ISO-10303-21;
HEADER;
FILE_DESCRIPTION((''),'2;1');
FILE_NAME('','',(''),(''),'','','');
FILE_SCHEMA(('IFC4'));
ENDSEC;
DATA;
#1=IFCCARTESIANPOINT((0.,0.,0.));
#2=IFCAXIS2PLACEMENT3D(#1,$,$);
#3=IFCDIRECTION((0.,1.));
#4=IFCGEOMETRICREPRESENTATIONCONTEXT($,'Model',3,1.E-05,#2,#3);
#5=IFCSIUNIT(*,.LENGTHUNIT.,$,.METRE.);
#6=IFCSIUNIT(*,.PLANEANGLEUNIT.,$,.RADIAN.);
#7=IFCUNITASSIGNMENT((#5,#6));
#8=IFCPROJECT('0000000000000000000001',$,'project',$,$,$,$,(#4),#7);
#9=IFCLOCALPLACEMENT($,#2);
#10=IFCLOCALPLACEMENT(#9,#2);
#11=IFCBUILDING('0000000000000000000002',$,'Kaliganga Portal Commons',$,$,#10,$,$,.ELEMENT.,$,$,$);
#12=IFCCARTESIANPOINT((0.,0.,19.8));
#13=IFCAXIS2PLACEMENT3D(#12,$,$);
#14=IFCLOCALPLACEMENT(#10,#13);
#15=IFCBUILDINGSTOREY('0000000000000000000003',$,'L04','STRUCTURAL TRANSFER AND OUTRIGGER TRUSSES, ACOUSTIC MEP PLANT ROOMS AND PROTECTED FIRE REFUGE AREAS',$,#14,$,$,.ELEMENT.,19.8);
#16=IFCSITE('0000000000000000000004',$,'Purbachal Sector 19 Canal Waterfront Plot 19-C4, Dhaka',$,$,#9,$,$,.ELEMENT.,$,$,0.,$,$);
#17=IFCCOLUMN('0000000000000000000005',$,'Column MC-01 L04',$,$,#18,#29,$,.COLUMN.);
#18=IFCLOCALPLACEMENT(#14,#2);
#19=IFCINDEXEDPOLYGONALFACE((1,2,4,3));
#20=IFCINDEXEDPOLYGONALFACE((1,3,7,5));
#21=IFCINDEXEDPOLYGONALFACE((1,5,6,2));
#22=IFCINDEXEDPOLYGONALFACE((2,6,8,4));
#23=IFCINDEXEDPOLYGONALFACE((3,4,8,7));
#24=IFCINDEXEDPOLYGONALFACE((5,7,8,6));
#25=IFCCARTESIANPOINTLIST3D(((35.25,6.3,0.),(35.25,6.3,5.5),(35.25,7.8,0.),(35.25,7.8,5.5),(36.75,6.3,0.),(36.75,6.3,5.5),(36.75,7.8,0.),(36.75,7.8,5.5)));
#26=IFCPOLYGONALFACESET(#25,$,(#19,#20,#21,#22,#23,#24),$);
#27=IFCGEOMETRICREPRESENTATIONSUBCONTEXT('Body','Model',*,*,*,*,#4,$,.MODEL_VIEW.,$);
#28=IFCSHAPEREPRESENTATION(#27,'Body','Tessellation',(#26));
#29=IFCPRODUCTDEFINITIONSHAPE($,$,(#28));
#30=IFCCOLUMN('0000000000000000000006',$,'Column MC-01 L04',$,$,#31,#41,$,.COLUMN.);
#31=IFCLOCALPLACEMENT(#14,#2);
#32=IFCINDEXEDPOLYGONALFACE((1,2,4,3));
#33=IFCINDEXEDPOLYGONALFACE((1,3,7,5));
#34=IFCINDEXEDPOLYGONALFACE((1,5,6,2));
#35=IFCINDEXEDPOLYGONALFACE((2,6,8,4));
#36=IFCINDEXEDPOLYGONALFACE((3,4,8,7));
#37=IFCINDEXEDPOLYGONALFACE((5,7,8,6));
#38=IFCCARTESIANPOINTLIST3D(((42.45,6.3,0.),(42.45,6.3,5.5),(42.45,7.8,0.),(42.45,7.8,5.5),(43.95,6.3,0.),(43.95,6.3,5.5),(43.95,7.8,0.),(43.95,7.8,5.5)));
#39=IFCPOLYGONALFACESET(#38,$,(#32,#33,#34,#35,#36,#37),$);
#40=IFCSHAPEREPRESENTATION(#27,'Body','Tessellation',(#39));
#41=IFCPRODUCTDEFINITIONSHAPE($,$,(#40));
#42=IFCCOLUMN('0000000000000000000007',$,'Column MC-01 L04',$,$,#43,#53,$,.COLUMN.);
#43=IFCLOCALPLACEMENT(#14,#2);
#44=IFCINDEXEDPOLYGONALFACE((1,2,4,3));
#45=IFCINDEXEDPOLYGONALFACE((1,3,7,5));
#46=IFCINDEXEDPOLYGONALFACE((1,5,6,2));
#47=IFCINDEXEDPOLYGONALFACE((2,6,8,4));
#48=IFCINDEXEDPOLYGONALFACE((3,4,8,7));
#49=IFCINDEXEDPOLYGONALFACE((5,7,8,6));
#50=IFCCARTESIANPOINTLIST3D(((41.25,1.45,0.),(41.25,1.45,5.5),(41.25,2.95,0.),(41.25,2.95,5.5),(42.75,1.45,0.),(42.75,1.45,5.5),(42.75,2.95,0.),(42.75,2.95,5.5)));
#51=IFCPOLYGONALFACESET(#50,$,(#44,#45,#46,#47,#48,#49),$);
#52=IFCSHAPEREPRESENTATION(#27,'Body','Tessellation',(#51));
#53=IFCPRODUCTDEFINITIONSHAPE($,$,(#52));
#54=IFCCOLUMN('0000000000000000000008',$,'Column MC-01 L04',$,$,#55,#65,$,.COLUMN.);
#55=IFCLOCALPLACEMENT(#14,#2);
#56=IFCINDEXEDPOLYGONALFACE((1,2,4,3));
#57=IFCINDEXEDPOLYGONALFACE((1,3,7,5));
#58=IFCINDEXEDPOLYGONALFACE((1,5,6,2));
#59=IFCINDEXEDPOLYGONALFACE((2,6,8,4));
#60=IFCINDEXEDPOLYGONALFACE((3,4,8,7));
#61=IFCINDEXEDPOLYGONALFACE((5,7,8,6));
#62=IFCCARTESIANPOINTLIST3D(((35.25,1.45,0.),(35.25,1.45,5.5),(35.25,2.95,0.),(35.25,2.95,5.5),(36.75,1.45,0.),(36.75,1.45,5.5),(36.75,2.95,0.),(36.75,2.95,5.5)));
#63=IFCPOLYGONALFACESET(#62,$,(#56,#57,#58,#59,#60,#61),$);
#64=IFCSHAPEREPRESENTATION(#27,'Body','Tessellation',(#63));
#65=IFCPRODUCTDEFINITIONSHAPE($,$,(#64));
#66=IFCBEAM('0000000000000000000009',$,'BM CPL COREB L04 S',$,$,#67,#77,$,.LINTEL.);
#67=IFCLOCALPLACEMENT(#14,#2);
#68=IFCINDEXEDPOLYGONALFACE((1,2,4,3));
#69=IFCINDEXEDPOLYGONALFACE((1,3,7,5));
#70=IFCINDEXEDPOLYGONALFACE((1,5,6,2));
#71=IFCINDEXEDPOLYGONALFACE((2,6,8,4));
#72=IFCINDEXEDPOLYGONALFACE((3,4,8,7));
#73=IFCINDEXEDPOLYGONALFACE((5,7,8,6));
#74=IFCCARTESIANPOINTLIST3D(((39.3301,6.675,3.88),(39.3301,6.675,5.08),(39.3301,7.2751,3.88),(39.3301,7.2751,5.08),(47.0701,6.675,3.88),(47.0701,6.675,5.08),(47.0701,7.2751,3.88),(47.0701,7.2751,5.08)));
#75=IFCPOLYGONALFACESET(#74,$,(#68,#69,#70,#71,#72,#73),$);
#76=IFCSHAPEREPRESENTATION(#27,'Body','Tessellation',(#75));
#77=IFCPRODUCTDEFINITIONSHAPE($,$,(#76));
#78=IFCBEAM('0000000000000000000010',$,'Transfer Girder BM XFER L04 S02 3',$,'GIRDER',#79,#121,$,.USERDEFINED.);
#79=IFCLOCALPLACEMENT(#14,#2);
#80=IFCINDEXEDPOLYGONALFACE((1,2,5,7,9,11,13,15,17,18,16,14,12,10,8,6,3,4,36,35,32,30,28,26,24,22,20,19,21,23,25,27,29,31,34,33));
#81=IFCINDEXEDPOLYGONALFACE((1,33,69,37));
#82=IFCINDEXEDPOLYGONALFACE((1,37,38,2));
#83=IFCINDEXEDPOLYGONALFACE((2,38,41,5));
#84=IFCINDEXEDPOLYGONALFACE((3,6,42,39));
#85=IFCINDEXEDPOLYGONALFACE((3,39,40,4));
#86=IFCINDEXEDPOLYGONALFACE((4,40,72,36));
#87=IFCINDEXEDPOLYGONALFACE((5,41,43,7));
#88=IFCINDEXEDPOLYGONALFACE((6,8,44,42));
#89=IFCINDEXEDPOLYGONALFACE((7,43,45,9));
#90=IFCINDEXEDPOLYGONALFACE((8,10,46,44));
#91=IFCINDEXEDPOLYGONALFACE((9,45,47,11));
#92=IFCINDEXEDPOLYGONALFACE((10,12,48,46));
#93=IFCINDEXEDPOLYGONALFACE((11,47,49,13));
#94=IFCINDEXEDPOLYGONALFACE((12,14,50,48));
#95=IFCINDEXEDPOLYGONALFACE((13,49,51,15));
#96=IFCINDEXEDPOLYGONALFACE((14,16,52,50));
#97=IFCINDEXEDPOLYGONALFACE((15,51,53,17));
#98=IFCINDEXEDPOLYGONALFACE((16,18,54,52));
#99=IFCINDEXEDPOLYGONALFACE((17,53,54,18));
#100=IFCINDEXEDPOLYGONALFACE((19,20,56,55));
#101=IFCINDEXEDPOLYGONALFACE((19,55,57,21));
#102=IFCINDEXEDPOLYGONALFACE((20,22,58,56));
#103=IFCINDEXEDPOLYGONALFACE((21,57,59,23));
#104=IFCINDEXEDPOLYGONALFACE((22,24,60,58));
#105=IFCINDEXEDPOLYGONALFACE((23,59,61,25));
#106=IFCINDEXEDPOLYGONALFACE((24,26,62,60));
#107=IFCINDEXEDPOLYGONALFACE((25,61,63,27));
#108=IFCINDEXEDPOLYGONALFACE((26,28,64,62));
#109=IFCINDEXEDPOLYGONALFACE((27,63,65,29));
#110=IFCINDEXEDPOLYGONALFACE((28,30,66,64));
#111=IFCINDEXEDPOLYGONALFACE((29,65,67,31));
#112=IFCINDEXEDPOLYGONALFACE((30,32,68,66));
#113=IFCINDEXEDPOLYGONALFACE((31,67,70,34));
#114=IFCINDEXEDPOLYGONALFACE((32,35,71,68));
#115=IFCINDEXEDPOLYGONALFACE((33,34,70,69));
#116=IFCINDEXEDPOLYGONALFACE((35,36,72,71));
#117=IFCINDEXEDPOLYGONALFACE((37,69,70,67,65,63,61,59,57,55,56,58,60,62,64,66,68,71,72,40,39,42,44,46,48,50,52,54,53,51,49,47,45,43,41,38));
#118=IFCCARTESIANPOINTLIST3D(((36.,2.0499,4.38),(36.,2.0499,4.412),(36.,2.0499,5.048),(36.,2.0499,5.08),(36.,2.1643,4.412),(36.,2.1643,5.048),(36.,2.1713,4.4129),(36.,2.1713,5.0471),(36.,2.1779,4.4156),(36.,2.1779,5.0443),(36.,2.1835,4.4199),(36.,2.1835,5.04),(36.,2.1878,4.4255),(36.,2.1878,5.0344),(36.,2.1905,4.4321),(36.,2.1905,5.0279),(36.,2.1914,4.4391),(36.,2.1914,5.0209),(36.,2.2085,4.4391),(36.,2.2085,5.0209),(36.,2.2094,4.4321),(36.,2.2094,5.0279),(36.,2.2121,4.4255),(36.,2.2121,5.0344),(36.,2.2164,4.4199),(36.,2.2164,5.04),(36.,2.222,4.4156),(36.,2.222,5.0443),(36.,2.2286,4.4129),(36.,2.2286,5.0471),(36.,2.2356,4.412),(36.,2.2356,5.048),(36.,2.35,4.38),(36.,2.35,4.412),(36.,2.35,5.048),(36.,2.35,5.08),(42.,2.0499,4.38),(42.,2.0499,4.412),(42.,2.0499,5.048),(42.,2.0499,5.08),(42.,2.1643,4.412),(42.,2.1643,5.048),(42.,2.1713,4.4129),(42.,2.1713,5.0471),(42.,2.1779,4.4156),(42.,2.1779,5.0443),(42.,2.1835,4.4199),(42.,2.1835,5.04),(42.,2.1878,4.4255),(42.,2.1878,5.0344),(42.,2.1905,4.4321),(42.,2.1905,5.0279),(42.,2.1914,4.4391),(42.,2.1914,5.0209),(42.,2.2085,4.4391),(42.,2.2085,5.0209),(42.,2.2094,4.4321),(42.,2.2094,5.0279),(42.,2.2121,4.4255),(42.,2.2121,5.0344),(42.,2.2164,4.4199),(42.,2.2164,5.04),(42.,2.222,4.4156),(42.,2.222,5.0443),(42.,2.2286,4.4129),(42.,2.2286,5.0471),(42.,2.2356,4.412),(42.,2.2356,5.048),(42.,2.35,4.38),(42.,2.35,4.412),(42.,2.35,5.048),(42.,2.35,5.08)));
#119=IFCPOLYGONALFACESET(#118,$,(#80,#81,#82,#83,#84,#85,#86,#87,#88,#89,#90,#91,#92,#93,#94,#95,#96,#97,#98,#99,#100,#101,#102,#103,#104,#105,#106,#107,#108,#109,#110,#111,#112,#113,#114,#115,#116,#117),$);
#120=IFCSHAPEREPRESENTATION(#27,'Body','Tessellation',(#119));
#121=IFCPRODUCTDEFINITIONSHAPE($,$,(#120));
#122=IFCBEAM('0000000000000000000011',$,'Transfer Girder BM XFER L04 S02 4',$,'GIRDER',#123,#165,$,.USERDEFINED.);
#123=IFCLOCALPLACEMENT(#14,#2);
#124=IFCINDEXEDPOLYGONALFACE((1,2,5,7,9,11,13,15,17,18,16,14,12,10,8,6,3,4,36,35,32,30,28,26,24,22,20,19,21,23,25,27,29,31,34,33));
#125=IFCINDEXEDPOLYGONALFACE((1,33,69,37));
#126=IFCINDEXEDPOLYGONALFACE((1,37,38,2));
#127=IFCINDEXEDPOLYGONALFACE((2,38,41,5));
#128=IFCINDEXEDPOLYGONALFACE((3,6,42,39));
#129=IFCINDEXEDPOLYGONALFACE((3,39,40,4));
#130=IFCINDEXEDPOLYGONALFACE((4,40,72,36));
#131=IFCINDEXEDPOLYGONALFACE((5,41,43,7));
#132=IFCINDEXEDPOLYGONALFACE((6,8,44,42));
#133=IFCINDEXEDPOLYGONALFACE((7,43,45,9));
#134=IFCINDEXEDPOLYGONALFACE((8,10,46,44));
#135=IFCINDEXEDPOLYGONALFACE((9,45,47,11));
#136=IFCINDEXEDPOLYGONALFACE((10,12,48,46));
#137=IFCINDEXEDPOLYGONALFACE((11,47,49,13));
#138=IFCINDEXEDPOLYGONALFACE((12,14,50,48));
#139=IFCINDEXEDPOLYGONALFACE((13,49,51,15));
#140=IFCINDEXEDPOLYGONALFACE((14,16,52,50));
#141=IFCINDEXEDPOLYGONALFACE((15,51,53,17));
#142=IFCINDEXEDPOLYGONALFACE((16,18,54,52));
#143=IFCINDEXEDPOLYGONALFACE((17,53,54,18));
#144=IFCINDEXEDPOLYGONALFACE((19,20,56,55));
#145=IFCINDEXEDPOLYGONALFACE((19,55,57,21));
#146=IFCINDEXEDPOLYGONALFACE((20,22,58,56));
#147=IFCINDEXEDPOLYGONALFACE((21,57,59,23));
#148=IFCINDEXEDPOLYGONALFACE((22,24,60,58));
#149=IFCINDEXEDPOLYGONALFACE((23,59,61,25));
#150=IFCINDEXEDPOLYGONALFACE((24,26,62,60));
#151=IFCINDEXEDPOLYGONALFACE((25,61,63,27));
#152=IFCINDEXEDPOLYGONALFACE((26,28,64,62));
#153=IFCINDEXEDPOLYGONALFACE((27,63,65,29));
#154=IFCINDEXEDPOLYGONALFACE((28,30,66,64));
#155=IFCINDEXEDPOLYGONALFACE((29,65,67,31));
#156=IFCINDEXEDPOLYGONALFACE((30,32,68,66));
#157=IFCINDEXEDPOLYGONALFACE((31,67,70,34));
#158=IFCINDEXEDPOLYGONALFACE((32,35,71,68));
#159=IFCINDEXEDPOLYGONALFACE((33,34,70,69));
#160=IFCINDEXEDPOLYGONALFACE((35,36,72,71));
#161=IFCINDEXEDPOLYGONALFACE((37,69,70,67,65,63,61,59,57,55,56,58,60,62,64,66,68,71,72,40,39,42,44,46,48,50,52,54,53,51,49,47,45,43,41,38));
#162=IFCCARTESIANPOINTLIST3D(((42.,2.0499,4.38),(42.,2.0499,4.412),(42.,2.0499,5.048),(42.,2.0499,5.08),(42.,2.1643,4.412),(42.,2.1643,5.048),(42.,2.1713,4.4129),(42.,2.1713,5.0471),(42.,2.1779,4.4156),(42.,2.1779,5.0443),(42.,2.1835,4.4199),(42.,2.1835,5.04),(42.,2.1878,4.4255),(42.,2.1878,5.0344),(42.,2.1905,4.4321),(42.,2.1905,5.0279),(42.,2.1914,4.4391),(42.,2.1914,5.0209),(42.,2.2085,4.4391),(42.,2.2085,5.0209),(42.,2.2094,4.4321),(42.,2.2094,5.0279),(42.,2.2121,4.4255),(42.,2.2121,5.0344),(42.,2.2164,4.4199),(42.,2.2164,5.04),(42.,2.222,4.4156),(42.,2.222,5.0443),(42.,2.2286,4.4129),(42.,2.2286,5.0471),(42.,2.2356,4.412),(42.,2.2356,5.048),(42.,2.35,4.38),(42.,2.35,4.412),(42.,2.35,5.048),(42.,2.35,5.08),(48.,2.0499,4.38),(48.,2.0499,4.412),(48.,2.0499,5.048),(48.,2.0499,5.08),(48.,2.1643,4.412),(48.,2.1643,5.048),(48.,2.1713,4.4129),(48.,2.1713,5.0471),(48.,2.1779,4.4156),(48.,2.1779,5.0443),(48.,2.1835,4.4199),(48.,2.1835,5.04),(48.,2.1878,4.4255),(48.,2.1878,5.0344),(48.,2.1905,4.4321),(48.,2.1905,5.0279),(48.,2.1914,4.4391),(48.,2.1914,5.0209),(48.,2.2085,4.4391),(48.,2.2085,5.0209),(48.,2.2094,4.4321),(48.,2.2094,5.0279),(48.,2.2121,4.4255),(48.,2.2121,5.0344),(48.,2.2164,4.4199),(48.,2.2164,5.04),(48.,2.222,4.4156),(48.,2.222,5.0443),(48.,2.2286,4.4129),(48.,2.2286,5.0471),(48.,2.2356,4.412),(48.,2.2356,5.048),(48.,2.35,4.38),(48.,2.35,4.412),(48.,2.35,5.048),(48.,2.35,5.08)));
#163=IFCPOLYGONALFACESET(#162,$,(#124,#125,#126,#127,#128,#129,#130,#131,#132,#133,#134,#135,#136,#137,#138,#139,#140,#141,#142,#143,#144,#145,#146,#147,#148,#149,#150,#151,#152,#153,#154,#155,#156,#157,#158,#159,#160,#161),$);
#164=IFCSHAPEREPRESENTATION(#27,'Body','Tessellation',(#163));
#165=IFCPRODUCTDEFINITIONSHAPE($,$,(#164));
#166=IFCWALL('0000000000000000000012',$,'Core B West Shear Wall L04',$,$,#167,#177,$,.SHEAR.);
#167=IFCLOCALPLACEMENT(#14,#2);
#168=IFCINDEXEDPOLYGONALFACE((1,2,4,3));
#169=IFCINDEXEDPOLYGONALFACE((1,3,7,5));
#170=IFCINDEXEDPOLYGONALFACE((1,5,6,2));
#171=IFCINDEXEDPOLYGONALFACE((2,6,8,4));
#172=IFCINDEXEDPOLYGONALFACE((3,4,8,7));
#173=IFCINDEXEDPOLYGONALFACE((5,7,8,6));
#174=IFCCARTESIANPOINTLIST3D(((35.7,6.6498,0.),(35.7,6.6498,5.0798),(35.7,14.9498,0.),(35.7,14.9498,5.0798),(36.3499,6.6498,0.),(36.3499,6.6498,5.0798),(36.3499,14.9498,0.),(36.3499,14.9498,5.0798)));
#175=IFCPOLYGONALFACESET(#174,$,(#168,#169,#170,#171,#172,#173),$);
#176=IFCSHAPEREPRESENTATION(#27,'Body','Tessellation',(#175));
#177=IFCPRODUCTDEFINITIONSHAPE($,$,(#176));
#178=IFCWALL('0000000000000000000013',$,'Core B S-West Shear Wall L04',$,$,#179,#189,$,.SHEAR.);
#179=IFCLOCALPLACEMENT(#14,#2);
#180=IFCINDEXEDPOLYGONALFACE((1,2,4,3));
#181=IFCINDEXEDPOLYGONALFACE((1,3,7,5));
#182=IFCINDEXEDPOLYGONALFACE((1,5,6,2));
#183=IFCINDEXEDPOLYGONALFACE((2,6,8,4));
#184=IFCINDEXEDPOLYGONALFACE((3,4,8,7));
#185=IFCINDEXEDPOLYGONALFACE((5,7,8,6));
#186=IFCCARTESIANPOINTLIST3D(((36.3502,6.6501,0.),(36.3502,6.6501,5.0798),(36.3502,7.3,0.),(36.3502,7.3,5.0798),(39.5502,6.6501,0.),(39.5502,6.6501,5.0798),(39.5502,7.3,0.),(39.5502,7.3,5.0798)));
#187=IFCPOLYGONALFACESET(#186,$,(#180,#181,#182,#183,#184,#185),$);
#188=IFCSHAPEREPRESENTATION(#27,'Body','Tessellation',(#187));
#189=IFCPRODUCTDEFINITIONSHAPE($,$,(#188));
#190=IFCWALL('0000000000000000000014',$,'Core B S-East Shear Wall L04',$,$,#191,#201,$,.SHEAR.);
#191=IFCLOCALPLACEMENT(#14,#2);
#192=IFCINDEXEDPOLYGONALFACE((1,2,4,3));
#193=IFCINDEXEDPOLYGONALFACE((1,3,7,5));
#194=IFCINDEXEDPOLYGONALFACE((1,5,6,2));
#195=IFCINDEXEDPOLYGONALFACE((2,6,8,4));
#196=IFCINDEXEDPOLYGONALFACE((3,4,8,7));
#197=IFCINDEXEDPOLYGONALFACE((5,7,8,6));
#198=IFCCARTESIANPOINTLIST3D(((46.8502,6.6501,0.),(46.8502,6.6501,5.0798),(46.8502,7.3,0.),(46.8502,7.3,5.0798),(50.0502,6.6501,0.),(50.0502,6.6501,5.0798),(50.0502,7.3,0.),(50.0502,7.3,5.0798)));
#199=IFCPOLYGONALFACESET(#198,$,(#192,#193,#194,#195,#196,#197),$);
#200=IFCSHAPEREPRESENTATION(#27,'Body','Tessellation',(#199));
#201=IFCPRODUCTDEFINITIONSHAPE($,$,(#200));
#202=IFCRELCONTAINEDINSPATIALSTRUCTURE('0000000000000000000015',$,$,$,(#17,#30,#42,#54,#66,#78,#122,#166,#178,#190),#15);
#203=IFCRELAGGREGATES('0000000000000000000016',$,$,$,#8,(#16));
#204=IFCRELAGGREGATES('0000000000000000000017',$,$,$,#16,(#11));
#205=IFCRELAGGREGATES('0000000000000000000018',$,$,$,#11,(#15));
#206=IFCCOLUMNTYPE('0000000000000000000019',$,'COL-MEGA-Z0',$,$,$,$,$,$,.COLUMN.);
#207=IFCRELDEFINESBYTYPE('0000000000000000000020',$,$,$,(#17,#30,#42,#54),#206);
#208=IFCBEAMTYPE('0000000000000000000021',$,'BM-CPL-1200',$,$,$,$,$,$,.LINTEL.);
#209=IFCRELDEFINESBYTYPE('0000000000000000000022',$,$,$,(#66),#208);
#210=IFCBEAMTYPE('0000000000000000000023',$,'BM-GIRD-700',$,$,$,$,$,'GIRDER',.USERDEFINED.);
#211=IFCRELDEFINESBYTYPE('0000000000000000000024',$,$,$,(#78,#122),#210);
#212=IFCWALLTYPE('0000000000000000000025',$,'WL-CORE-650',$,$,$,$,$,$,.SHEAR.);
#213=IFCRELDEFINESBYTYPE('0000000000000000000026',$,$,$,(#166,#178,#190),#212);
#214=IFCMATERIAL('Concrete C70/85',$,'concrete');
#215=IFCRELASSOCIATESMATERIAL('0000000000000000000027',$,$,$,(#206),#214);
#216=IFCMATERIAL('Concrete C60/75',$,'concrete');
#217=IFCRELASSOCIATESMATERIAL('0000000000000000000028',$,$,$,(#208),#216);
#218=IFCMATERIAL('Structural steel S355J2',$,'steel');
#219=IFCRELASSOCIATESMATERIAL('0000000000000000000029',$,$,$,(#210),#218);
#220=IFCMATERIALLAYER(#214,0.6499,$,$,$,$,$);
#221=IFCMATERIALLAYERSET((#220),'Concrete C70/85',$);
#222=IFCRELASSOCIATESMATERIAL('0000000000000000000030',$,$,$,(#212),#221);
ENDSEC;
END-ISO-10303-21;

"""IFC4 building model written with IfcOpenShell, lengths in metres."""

from ifc_helpers import new_model, si_unit, direction, frame, frame_2d, origin, origin_2d, place, context, subcontext, project, spatial, rectangle, i_section, extrude, source, transform, mapped, material, layer, layer_set, material_profile, profile_set, type_object, element, save


model = new_model("IFC4")

# Units and contexts
model_context = context("Model", 3, precision=1e-05, world=origin(), true_north=direction((0.0, 1.0)))
body_context = subcontext(model_context, "Body", "Model", "MODEL_VIEW")
ifc_project = project(units=[si_unit("LENGTHUNIT", "METRE"), si_unit("PLANEANGLEUNIT", "RADIAN")], contexts=[model_context])

# Site, building, storey
site_placement = place(None, origin())
site = spatial("IfcSite", under=ifc_project, at=site_placement, Name="Purbachal Sector 19 Canal Waterfront Plot 19-C4, Dhaka", CompositionType="ELEMENT", RefElevation=0.0)
building_placement = place(site_placement, origin())
building = spatial("IfcBuilding", under=site, at=building_placement, Name="Kaliganga Portal Commons", CompositionType="ELEMENT")
storey_placement = place(building_placement, frame((0.0, 0.0, 19.8)))
storey = spatial("IfcBuildingStorey", under=building, at=storey_placement, Name="L04", Description="STRUCTURAL TRANSFER AND OUTRIGGER TRUSSES, ACOUSTIC MEP PLANT ROOMS AND PROTECTED FIRE REFUGE AREAS", CompositionType="ELEMENT", Elevation=19.8)

# Columns
ifc_material_1 = material(Name="Concrete C70/85", Category="concrete")
ifc_material_profile_1 = material_profile(ifc_material_1, rectangle(XDim=1.5, YDim=1.5, at=origin_2d()), Name="RC 1500x1500")
ifc_profile_set_1 = profile_set([ifc_material_profile_1], Name="Concrete C70/85")
column_type = type_object("IfcColumnType", Name="COL-MEGA-Z0", PredefinedType="COLUMN", material=ifc_profile_set_1)
shared_shape_1 = source(origin(), body_context, "Body", "SweptSolid", [
    extrude(rectangle(XDim=1.5, YDim=1.5, at=origin_2d()), origin(), (0.0, 0.0, 1.0), 5.5),
])
for number, where, z_axis, x_axis, name in (
    (1, (36.0, 7.05, 0.0), (0.0, 0.0, 1.0), (1.0, 0.0, 0.0), "Column MC-01 L04"),
    (2, (43.2, 7.05, 0.0), (0.0, 0.0, 1.0), (1.0, 0.0, 0.0), "Column MC-01 L04"),
    (3, (42.0, 2.2, 0.0), (0.0, 0.0, 1.0), (1.0, 0.0, 0.0), "Column MC-01 L04"),
    (4, (36.0, 2.2, 0.0), (0.0, 0.0, 1.0), (1.0, 0.0, 0.0), "Column MC-01 L04"),
):
    element("IfcColumn", number, at=place(storey_placement, frame(where, z_axis=z_axis, x_axis=x_axis)), inside=storey, type_object=column_type, Name=name, PredefinedType="COLUMN", context=body_context, shape_type="MappedRepresentation", body=[
        mapped(shared_shape_1, transform((0.0, 0.0, 0.0), x_axis=(1.0, 0.0, 0.0), y_axis=(0.0, 1.0, 0.0), z_axis=(0.0, 0.0, 1.0), scale=1.0)),
    ])

# Beams
ifc_material_2 = material(Name="Concrete C60/75", Category="concrete")
ifc_material_profile_2 = material_profile(ifc_material_2, rectangle(XDim=0.6001, YDim=1.2, at=origin_2d()), Name="RC 600x1200")
ifc_profile_set_2 = profile_set([ifc_material_profile_2], Name="Concrete C60/75")
beam_type_1 = type_object("IfcBeamType", Name="BM-CPL-1200", PredefinedType="LINTEL", material=ifc_profile_set_2)
shared_shape_2 = source(origin(), body_context, "Body", "SweptSolid", [
    extrude(rectangle(XDim=0.6001, YDim=1.2, at=origin_2d()), origin(), (0.0, 0.0, 1.0), 7.74),
])
beam_placement = place(storey_placement, frame((39.3301, 6.9751, 4.48), z_axis=(1.0, 0.0, 0.0), x_axis=(0.0, 1.0, 0.0)))
element("IfcBeam", 5, at=beam_placement, inside=storey, type_object=beam_type_1, Name="BM CPL COREB L04 S", PredefinedType="LINTEL", context=body_context, shape_type="MappedRepresentation", body=[
    mapped(shared_shape_2, transform((0.0, 0.0, 0.0), x_axis=(1.0, 0.0, 0.0), y_axis=(0.0, 1.0, 0.0), z_axis=(0.0, 0.0, 1.0), scale=1.0)),
])
ifc_material_3 = material(Name="Structural steel S355J2", Category="steel")
ifc_material_profile_3 = material_profile(ifc_material_3, i_section(OverallWidth=0.3, OverallDepth=0.7, WebThickness=0.0171, FlangeThickness=0.032, FilletRadius=0.0271, at=origin_2d()), Name="HE 700 B")
ifc_profile_set_3 = profile_set([ifc_material_profile_3], Name="Structural steel S355J2 wide-flange")
beam_type_2 = type_object("IfcBeamType", Name="BM-GIRD-700", ElementType="GIRDER", PredefinedType="USERDEFINED", material=ifc_profile_set_3)
shared_shape_3 = source(origin(), body_context, "Body", "SweptSolid", [
    extrude(i_section(OverallWidth=0.3, OverallDepth=0.7, WebThickness=0.0171, FlangeThickness=0.032, FilletRadius=0.0271, at=origin_2d()), origin(), (0.0, 0.0, 1.0), 6.0),
])
for number, where, z_axis, x_axis, name in (
    (6, (36.0, 2.2, 4.73), (1.0, 0.0, 0.0), (0.0, 1.0, 0.0), "Transfer Girder BM XFER L04 S02 3"),
    (7, (42.0, 2.2, 4.73), (1.0, 0.0, 0.0), (0.0, 1.0, 0.0), "Transfer Girder BM XFER L04 S02 4"),
):
    element("IfcBeam", number, at=place(storey_placement, frame(where, z_axis=z_axis, x_axis=x_axis)), inside=storey, type_object=beam_type_2, Name=name, ObjectType="GIRDER", PredefinedType="USERDEFINED", context=body_context, shape_type="MappedRepresentation", body=[
        mapped(shared_shape_3, transform((0.0, 0.0, 0.0), x_axis=(1.0, 0.0, 0.0), y_axis=(0.0, 1.0, 0.0), z_axis=(0.0, 0.0, 1.0), scale=1.0)),
    ])

# Walls
ifc_layer_1 = layer(ifc_material_1, 0.6499)
ifc_layer_set_1 = layer_set([ifc_layer_1], Name="Concrete C70/85")
wall_type_1 = type_object("IfcWallType", Name="WL-CORE-650", PredefinedType="SHEAR", material=ifc_layer_set_1)
wall_1_placement = place(storey_placement, frame((36.0249, 6.6499, 0.0), z_axis=(0.0, 0.0, 1.0), x_axis=(0.0, 1.0, 0.0)))
element("IfcWall", 8, at=wall_1_placement, inside=storey, type_object=wall_type_1, Name="Core B West Shear Wall L04", PredefinedType="SHEAR", context=body_context, shape_type="SweptSolid", body=[
    extrude(rectangle(XDim=8.3, YDim=0.6499, at=frame_2d((4.1499, 0.0))), origin(), (0.0, 0.0, 1.0), 5.0798),
])
for number, where, z_axis, x_axis, name in (
    (9, (36.3501, 6.9751, 0.0), (0.0, 0.0, 1.0), (1.0, 0.0, 0.0), "Core B S-West Shear Wall L04"),
    (10, (46.8501, 6.9751, 0.0), (0.0, 0.0, 1.0), (1.0, 0.0, 0.0), "Core B S-East Shear Wall L04"),
):
    element("IfcWall", number, at=place(storey_placement, frame(where, z_axis=z_axis, x_axis=x_axis)), inside=storey, type_object=wall_type_1, Name=name, PredefinedType="SHEAR", context=body_context, shape_type="SweptSolid", body=[
        extrude(rectangle(XDim=3.2, YDim=0.6499, at=frame_2d((1.6001, 0.0))), origin(), (0.0, 0.0, 1.0), 5.0798),
    ])

save(model, "model.ifc")
